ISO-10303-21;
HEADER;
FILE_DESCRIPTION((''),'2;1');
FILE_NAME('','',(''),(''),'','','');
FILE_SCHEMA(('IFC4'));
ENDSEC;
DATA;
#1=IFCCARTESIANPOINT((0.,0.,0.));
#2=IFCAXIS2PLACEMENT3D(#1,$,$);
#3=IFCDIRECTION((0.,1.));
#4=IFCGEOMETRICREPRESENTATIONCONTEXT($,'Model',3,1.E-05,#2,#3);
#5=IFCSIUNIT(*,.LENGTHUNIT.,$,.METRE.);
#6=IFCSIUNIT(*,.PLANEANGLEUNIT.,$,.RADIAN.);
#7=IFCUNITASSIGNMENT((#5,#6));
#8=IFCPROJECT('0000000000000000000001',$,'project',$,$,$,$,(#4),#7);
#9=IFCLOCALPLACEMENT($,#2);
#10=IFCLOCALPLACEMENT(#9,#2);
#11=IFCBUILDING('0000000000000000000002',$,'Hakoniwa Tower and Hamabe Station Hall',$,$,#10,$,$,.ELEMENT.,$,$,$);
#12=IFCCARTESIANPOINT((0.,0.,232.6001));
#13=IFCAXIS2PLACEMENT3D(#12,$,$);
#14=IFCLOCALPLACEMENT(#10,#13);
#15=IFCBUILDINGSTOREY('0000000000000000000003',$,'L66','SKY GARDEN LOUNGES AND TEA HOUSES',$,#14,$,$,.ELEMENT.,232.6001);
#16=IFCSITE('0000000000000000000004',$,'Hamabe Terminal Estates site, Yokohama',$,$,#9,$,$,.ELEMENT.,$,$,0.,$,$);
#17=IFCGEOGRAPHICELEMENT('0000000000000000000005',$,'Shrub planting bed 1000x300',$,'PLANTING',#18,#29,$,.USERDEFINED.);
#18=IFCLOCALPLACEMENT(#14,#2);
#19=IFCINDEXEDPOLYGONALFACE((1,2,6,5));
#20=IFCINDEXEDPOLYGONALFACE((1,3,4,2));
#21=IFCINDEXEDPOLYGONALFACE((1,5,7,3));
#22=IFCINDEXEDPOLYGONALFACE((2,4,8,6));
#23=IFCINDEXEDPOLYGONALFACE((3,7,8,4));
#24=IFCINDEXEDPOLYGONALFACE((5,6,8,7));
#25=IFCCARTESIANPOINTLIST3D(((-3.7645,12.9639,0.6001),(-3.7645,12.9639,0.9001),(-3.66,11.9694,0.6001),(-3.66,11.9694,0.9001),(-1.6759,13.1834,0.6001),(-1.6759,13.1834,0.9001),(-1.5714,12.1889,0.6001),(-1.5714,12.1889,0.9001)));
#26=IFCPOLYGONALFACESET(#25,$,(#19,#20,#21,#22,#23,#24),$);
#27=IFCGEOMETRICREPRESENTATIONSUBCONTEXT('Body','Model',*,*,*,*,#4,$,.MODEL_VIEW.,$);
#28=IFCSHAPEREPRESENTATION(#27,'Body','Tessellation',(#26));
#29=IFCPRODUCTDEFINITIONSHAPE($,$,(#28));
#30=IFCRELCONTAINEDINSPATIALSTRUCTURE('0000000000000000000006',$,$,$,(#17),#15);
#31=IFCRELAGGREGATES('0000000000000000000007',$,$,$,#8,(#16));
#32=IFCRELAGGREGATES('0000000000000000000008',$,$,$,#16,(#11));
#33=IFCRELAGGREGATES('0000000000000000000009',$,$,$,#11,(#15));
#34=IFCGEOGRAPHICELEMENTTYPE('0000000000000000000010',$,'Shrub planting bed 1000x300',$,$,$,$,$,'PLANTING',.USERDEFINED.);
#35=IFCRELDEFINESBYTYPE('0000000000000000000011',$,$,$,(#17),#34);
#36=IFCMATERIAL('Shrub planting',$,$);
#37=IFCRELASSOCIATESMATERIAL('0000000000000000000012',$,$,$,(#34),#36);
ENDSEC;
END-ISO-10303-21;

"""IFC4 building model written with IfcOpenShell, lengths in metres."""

from ifc_helpers import new_model, si_unit, direction, frame, origin, origin_2d, place, context, subcontext, project, spatial, rectangle, extrude, material, type_object, element, save


model = new_model("IFC4")

# Units and contexts
model_context = context("Model", 3, precision=1e-05, world=origin(), true_north=direction((0.0, 1.0)))
body_context = subcontext(model_context, "Body", "Model", "MODEL_VIEW")
ifc_project = project(units=[si_unit("LENGTHUNIT", "METRE"), si_unit("PLANEANGLEUNIT", "RADIAN")], contexts=[model_context])

# Site, building, storey
site_placement = place(None, origin())
site = spatial("IfcSite", under=ifc_project, at=site_placement, Name="Hamabe Terminal Estates site, Yokohama", CompositionType="ELEMENT", RefElevation=0.0)
building_placement = place(site_placement, origin())
building = spatial("IfcBuilding", under=site, at=building_placement, Name="Hakoniwa Tower and Hamabe Station Hall", CompositionType="ELEMENT")
storey_placement = place(building_placement, frame((0.0, 0.0, 232.6001)))
storey = spatial("IfcBuildingStorey", under=building, at=storey_placement, Name="L66", Description="SKY GARDEN LOUNGES AND TEA HOUSES", CompositionType="ELEMENT", Elevation=232.6001)

# Geographic element
ifc_material_1 = material(Name="Shrub planting")
geographic_element_type = type_object("IfcGeographicElementType", Name="Shrub planting bed 1000x300", ElementType="PLANTING", PredefinedType="USERDEFINED", material=ifc_material_1)
for number, where, z_axis, x_axis, name in (
    (1, (-2.668, 12.5764, 0.6001), (0.0, 0.0, 1.0), (0.994522, 0.104528, 0.0), "Shrub planting bed 1000x300"),
):
    element("IfcGeographicElement", number, at=place(storey_placement, frame(where, z_axis=z_axis, x_axis=x_axis)), inside=storey, type_object=geographic_element_type, Name=name, ObjectType="PLANTING", PredefinedType="USERDEFINED", context=body_context, shape_type="SweptSolid", body=[
        extrude(rectangle(XDim=2.1001, YDim=1.0, at=origin_2d()), origin(), (0.0, 0.0, 1.0), 0.3),
    ])

save(model, "model.ifc")
